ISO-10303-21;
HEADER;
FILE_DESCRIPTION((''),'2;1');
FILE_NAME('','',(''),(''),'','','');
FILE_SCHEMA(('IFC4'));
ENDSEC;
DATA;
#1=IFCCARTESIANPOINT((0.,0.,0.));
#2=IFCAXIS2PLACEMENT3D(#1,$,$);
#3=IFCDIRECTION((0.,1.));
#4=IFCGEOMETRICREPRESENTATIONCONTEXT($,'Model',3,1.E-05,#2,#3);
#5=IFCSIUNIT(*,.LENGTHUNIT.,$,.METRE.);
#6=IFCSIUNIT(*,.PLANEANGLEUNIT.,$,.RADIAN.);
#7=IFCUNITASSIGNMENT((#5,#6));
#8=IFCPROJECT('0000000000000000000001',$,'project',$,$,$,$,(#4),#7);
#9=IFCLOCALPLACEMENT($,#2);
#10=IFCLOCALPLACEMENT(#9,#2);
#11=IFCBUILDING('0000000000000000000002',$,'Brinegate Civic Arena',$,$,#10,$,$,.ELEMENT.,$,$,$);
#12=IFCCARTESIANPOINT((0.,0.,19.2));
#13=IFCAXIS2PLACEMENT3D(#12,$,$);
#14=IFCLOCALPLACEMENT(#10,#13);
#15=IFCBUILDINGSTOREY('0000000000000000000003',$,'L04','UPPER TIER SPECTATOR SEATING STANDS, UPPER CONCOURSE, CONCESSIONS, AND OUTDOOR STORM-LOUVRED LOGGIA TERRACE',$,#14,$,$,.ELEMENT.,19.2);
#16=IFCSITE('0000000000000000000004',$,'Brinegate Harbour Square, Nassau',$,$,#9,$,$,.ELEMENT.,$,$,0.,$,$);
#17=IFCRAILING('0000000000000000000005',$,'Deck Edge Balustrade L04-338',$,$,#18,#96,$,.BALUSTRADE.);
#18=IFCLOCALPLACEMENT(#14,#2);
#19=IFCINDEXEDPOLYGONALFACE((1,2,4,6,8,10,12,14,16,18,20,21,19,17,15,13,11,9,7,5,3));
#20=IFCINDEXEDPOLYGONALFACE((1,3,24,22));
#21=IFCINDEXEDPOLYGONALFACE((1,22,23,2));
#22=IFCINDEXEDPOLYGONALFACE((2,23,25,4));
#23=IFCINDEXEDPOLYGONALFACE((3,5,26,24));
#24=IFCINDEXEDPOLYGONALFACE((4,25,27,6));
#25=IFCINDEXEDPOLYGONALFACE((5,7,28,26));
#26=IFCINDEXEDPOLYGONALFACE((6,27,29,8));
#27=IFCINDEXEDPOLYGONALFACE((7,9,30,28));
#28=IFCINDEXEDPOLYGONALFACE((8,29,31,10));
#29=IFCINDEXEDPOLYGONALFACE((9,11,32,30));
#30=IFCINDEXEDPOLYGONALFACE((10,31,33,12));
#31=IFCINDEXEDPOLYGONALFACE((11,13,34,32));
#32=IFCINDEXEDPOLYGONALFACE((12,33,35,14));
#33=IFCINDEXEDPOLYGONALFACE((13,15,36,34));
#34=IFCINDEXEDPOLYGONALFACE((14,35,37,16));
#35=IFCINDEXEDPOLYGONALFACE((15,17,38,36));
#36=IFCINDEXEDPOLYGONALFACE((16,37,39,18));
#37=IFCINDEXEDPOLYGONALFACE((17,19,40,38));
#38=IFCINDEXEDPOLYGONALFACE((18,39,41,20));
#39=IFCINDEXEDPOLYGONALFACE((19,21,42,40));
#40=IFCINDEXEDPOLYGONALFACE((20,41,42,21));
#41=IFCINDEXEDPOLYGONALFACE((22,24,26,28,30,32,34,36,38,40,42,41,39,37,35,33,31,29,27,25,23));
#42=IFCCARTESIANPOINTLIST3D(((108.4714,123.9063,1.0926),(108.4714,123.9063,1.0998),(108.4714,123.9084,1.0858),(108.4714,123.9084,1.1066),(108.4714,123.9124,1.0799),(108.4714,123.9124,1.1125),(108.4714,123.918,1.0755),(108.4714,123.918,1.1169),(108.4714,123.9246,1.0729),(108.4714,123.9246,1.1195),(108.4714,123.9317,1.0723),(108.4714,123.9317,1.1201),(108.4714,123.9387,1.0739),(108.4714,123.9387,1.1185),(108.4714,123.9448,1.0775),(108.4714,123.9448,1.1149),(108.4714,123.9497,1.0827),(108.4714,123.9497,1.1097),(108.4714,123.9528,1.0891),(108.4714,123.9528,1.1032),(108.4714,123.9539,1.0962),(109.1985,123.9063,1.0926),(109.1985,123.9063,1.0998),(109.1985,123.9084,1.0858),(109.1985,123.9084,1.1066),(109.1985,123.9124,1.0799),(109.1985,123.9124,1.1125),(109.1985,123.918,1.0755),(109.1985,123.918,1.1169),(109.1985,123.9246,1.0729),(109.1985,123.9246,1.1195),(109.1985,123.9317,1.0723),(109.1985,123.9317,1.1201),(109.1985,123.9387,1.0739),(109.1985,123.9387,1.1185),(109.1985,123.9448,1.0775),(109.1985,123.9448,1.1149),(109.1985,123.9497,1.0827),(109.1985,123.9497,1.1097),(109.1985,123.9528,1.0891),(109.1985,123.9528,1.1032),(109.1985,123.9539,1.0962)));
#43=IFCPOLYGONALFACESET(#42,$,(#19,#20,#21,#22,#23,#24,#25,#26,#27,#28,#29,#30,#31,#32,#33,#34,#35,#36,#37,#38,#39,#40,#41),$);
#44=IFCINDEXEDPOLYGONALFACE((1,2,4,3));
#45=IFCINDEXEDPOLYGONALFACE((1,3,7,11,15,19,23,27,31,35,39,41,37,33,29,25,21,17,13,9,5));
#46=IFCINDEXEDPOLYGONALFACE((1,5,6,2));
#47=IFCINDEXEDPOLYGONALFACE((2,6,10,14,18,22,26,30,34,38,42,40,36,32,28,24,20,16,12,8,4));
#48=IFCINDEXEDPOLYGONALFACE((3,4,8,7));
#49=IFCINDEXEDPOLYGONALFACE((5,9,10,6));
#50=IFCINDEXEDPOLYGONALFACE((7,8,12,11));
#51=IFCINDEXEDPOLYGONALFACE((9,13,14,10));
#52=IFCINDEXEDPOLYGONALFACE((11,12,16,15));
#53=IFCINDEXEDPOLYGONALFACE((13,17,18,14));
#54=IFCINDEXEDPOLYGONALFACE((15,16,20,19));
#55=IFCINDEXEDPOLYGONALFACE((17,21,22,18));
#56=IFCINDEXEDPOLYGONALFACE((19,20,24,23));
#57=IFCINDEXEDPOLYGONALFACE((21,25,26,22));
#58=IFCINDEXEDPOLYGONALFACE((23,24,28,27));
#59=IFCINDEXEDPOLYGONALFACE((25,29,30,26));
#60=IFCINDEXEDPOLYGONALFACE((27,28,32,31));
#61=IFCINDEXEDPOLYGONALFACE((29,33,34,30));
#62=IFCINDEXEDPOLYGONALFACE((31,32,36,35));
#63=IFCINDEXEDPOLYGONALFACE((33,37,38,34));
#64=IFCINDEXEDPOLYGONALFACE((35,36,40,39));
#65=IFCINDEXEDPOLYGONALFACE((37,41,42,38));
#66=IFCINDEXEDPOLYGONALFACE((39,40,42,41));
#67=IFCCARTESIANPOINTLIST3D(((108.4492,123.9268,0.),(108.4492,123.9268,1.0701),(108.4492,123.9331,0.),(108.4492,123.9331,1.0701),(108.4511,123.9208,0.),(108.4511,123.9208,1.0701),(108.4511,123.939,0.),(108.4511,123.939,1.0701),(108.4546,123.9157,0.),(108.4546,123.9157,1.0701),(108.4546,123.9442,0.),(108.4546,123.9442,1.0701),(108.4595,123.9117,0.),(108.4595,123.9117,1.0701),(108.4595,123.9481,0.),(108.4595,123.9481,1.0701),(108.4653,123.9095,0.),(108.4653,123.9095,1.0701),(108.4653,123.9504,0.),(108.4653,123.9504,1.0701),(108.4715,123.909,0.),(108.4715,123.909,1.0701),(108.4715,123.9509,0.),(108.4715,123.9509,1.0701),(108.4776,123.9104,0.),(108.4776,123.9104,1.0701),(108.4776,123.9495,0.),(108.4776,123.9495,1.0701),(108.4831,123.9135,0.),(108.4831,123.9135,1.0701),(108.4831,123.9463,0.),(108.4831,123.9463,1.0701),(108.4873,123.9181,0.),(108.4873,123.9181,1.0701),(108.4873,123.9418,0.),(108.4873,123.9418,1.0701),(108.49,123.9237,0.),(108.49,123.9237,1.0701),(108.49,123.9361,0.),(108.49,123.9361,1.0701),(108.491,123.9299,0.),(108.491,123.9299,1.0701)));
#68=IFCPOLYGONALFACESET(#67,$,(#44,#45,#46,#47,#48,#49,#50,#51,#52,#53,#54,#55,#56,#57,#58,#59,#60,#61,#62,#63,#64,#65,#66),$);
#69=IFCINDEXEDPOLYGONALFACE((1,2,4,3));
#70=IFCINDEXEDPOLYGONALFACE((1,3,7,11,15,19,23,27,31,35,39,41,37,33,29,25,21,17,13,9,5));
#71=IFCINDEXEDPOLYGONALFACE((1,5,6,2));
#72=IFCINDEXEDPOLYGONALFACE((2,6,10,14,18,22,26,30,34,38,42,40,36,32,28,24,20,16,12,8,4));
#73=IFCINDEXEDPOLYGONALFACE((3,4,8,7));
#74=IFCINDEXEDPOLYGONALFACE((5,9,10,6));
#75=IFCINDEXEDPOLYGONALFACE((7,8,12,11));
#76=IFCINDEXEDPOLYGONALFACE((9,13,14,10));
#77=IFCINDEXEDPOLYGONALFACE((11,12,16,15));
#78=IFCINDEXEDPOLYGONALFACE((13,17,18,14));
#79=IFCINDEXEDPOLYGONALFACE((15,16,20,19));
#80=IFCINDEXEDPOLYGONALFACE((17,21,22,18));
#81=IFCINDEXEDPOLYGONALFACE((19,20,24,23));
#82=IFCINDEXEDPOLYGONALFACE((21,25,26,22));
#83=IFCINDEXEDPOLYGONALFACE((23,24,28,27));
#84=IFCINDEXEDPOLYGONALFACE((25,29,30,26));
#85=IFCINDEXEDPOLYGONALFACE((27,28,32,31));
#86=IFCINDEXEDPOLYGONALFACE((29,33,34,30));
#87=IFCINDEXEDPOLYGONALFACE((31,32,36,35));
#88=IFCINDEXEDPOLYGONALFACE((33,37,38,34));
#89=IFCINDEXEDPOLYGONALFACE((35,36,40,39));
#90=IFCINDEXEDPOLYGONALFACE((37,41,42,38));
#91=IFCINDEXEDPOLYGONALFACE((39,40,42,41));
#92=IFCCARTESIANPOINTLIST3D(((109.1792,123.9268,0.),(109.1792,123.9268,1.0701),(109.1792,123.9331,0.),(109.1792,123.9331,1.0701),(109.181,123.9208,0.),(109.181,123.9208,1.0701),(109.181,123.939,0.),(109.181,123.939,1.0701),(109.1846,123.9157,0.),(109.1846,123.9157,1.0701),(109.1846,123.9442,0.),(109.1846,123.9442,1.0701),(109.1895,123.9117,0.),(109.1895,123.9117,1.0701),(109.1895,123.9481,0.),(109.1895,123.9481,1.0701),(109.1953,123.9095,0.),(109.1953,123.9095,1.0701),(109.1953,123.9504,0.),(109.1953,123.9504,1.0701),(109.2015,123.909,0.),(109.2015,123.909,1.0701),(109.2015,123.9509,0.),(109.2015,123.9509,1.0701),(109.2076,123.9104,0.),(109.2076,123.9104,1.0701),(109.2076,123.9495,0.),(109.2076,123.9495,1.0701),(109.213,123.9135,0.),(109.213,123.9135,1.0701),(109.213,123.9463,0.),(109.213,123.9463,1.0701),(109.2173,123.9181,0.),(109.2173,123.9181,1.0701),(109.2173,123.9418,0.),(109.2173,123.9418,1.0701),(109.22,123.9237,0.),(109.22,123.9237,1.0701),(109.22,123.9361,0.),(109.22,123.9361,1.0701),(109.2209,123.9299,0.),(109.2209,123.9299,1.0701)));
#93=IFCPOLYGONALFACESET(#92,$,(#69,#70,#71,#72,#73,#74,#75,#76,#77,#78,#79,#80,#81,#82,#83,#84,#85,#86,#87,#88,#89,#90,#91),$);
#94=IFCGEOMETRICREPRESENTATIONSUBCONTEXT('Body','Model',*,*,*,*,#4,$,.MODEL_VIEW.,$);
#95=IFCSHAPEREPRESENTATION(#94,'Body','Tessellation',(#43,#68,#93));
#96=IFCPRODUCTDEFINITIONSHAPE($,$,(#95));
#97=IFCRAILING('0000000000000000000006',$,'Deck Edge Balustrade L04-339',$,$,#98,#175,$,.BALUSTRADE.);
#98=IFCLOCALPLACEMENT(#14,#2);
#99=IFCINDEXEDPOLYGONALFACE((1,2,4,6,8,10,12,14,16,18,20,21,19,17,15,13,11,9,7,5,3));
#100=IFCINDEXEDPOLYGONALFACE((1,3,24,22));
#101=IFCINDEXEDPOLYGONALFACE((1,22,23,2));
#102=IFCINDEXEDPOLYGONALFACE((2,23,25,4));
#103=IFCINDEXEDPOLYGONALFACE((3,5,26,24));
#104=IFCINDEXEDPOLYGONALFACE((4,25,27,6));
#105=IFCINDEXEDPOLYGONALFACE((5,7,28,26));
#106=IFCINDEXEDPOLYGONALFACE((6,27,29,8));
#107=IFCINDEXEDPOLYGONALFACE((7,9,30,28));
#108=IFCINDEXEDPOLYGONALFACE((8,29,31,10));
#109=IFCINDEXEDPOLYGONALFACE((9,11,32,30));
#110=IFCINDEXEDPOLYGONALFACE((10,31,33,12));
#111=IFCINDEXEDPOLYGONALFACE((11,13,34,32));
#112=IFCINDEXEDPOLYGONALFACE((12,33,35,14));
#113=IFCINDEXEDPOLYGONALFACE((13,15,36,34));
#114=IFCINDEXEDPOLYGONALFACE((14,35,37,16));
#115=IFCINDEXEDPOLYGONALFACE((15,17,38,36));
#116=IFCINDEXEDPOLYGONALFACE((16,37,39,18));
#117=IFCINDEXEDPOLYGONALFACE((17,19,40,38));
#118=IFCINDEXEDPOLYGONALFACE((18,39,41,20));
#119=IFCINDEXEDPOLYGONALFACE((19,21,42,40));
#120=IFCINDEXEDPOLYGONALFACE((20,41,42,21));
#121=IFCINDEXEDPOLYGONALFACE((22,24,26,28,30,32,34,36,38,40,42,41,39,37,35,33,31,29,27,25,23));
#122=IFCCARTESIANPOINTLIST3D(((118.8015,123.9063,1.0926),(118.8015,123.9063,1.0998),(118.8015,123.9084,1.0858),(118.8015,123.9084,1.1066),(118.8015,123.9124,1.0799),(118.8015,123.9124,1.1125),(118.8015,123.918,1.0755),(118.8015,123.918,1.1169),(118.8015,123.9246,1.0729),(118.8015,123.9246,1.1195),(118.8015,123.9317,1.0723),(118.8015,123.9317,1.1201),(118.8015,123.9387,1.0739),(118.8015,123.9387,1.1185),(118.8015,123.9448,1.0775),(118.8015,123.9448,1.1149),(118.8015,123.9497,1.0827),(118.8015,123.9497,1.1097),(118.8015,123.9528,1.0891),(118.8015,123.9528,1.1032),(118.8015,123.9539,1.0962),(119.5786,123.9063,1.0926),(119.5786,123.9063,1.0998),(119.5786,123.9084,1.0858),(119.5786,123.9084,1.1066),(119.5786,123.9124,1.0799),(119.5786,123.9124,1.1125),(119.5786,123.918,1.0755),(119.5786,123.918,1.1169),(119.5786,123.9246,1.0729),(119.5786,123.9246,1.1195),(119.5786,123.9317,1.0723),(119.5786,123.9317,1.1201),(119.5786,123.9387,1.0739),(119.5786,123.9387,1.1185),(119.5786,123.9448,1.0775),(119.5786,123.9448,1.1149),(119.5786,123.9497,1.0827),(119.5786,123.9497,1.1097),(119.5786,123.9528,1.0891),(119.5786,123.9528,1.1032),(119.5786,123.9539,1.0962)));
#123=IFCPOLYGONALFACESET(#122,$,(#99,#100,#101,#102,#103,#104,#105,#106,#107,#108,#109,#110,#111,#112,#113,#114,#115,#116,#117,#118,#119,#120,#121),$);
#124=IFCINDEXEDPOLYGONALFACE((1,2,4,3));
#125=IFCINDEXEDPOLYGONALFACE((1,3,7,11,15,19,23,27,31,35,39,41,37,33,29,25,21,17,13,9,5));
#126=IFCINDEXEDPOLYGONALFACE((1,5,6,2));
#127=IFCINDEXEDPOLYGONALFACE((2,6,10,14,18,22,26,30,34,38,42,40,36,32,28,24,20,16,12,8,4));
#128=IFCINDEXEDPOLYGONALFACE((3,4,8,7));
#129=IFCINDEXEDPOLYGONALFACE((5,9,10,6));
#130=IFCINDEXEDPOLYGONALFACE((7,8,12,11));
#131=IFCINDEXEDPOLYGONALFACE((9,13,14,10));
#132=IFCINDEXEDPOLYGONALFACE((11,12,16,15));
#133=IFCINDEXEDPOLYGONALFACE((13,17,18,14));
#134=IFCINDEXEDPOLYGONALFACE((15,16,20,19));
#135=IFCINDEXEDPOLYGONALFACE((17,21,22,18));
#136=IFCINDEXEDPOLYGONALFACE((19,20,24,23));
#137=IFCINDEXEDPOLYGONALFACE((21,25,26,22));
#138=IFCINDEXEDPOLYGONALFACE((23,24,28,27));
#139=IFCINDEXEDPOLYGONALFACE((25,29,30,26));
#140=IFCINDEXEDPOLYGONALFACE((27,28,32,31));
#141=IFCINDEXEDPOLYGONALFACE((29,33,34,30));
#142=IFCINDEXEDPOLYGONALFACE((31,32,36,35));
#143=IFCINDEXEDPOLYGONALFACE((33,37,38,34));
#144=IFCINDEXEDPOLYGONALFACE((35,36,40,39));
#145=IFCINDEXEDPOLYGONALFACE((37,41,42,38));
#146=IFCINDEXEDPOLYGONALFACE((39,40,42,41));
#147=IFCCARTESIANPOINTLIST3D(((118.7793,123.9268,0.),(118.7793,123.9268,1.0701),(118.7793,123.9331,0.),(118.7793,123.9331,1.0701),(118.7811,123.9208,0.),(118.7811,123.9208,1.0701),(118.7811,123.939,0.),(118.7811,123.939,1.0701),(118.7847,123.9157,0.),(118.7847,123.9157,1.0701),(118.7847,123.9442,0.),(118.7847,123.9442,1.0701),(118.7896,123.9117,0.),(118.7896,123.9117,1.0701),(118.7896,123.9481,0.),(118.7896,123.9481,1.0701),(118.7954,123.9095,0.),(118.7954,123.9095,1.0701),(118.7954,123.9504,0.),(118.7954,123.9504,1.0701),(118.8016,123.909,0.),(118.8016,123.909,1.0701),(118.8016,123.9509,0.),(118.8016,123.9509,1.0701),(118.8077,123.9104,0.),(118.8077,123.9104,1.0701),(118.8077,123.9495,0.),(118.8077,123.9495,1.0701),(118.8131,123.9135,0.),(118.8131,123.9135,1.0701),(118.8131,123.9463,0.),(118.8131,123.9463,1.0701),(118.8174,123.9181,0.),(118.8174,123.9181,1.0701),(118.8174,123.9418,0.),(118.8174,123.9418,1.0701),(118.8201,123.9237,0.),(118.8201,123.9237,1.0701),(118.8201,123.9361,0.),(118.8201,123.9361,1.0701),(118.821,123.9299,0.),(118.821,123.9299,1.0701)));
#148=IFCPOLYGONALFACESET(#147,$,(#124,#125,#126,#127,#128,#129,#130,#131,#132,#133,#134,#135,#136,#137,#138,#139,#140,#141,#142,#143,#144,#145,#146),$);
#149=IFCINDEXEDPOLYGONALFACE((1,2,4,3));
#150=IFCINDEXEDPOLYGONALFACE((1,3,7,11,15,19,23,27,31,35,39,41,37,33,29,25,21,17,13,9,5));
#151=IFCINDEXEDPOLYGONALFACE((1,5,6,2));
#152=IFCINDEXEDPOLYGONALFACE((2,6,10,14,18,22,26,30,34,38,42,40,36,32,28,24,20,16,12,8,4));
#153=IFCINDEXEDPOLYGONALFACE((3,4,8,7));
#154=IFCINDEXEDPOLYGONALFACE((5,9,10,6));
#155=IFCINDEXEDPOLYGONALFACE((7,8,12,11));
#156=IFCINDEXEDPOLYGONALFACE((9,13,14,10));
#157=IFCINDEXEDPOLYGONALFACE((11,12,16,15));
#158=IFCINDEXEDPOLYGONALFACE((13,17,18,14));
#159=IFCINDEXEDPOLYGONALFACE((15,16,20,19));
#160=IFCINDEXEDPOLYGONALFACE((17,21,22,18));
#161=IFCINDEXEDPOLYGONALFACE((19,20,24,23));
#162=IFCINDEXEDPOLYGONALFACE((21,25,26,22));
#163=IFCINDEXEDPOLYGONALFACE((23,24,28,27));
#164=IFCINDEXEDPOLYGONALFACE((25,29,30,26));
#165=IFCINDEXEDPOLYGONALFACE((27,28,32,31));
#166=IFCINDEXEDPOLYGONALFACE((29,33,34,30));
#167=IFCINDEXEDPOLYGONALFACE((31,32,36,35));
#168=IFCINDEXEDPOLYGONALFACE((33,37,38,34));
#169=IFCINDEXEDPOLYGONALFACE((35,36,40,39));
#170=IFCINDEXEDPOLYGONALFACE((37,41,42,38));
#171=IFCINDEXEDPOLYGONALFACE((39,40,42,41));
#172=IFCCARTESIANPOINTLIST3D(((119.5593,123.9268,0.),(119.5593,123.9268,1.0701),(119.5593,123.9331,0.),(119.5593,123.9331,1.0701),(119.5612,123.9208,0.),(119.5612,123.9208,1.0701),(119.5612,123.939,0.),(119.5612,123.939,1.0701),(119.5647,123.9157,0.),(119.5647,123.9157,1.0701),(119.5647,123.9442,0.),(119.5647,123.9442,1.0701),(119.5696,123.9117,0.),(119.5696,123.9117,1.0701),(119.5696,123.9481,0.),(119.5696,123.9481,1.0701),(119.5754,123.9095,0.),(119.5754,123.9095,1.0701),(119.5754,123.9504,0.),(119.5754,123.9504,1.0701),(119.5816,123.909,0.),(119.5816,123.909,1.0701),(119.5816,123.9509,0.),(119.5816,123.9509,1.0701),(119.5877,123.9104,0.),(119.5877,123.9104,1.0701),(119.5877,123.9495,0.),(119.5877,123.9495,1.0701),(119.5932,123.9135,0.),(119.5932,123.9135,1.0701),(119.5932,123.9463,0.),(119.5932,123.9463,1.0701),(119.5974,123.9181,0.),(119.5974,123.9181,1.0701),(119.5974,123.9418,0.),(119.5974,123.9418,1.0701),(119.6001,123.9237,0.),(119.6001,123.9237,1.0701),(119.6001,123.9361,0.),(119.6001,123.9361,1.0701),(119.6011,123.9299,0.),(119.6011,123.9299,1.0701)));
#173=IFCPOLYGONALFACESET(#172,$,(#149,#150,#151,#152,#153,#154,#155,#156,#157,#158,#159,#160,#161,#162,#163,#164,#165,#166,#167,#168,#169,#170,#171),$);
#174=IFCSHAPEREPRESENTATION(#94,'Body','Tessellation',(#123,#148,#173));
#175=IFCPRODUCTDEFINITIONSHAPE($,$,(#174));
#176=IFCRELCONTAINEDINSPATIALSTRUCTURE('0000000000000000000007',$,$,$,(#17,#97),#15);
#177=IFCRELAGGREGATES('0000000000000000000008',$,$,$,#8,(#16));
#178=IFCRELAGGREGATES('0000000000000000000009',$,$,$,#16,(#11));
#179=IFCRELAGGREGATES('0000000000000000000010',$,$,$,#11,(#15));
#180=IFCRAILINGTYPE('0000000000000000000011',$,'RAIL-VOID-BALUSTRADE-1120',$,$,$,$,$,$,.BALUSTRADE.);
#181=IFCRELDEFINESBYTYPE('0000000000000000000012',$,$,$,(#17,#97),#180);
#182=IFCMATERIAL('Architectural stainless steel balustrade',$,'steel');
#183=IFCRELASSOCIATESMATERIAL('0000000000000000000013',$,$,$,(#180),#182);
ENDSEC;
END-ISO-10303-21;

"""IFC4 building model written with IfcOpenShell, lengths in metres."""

from ifc_helpers import new_model, si_unit, direction, frame, origin, origin_2d, place, context, subcontext, project, spatial, circle, extrude, material, type_object, element, save


model = new_model("IFC4")

# Units and contexts
model_context = context("Model", 3, precision=1e-05, world=origin(), true_north=direction((0.0, 1.0)))
body_context = subcontext(model_context, "Body", "Model", "MODEL_VIEW")
ifc_project = project(units=[si_unit("LENGTHUNIT", "METRE"), si_unit("PLANEANGLEUNIT", "RADIAN")], contexts=[model_context])

# Site, building, storey
site_placement = place(None, origin())
site = spatial("IfcSite", under=ifc_project, at=site_placement, Name="Brinegate Harbour Square, Nassau", CompositionType="ELEMENT", RefElevation=0.0)
building_placement = place(site_placement, origin())
building = spatial("IfcBuilding", under=site, at=building_placement, Name="Brinegate Civic Arena", CompositionType="ELEMENT")
storey_placement = place(building_placement, frame((0.0, 0.0, 19.2)))
storey = spatial("IfcBuildingStorey", under=building, at=storey_placement, Name="L04", Description="UPPER TIER SPECTATOR SEATING STANDS, UPPER CONCOURSE, CONCESSIONS, AND OUTDOOR STORM-LOUVRED LOGGIA TERRACE", CompositionType="ELEMENT", Elevation=19.2)

# Railings
ifc_material_1 = material(Name="Architectural stainless steel balustrade", Category="steel")
railing_type = type_object("IfcRailingType", Name="RAIL-VOID-BALUSTRADE-1120", PredefinedType="BALUSTRADE", material=ifc_material_1)
railing_1_placement = place(storey_placement, frame((108.47, 123.9299, 0.0)))
element("IfcRailing", 1, at=railing_1_placement, inside=storey, type_object=railing_type, Name="Deck Edge Balustrade L04-338", PredefinedType="BALUSTRADE", context=body_context, shape_type="SweptSolid", body=[
    extrude(circle(Radius=0.0239, at=origin_2d()), frame((0.0015, 0.0, 1.0962), z_axis=(1.0, 0.0, 0.0), x_axis=(0.0, 1.0, 0.0)), (0.0, 0.0, 1.0), 0.7271),
    extrude(circle(Radius=0.021, at=origin_2d()), origin(), (0.0, 0.0, 1.0), 1.0701),
    extrude(circle(Radius=0.021, at=origin_2d()), frame((0.73, 0.0, 0.0)), (0.0, 0.0, 1.0), 1.0701),
])
railing_2_placement = place(storey_placement, frame((118.8, 123.9299, 0.0)))
element("IfcRailing", 2, at=railing_2_placement, inside=storey, type_object=railing_type, Name="Deck Edge Balustrade L04-339", PredefinedType="BALUSTRADE", context=body_context, shape_type="SweptSolid", body=[
    extrude(circle(Radius=0.0239, at=origin_2d()), frame((0.0015, 0.0, 1.0962), z_axis=(1.0, 0.0, 0.0), x_axis=(0.0, 1.0, 0.0)), (0.0, 0.0, 1.0), 0.7771),
    extrude(circle(Radius=0.021, at=origin_2d()), origin(), (0.0, 0.0, 1.0), 1.0701),
    extrude(circle(Radius=0.021, at=origin_2d()), frame((0.78, 0.0, 0.0)), (0.0, 0.0, 1.0), 1.0701),
])

save(model, "model.ifc")
